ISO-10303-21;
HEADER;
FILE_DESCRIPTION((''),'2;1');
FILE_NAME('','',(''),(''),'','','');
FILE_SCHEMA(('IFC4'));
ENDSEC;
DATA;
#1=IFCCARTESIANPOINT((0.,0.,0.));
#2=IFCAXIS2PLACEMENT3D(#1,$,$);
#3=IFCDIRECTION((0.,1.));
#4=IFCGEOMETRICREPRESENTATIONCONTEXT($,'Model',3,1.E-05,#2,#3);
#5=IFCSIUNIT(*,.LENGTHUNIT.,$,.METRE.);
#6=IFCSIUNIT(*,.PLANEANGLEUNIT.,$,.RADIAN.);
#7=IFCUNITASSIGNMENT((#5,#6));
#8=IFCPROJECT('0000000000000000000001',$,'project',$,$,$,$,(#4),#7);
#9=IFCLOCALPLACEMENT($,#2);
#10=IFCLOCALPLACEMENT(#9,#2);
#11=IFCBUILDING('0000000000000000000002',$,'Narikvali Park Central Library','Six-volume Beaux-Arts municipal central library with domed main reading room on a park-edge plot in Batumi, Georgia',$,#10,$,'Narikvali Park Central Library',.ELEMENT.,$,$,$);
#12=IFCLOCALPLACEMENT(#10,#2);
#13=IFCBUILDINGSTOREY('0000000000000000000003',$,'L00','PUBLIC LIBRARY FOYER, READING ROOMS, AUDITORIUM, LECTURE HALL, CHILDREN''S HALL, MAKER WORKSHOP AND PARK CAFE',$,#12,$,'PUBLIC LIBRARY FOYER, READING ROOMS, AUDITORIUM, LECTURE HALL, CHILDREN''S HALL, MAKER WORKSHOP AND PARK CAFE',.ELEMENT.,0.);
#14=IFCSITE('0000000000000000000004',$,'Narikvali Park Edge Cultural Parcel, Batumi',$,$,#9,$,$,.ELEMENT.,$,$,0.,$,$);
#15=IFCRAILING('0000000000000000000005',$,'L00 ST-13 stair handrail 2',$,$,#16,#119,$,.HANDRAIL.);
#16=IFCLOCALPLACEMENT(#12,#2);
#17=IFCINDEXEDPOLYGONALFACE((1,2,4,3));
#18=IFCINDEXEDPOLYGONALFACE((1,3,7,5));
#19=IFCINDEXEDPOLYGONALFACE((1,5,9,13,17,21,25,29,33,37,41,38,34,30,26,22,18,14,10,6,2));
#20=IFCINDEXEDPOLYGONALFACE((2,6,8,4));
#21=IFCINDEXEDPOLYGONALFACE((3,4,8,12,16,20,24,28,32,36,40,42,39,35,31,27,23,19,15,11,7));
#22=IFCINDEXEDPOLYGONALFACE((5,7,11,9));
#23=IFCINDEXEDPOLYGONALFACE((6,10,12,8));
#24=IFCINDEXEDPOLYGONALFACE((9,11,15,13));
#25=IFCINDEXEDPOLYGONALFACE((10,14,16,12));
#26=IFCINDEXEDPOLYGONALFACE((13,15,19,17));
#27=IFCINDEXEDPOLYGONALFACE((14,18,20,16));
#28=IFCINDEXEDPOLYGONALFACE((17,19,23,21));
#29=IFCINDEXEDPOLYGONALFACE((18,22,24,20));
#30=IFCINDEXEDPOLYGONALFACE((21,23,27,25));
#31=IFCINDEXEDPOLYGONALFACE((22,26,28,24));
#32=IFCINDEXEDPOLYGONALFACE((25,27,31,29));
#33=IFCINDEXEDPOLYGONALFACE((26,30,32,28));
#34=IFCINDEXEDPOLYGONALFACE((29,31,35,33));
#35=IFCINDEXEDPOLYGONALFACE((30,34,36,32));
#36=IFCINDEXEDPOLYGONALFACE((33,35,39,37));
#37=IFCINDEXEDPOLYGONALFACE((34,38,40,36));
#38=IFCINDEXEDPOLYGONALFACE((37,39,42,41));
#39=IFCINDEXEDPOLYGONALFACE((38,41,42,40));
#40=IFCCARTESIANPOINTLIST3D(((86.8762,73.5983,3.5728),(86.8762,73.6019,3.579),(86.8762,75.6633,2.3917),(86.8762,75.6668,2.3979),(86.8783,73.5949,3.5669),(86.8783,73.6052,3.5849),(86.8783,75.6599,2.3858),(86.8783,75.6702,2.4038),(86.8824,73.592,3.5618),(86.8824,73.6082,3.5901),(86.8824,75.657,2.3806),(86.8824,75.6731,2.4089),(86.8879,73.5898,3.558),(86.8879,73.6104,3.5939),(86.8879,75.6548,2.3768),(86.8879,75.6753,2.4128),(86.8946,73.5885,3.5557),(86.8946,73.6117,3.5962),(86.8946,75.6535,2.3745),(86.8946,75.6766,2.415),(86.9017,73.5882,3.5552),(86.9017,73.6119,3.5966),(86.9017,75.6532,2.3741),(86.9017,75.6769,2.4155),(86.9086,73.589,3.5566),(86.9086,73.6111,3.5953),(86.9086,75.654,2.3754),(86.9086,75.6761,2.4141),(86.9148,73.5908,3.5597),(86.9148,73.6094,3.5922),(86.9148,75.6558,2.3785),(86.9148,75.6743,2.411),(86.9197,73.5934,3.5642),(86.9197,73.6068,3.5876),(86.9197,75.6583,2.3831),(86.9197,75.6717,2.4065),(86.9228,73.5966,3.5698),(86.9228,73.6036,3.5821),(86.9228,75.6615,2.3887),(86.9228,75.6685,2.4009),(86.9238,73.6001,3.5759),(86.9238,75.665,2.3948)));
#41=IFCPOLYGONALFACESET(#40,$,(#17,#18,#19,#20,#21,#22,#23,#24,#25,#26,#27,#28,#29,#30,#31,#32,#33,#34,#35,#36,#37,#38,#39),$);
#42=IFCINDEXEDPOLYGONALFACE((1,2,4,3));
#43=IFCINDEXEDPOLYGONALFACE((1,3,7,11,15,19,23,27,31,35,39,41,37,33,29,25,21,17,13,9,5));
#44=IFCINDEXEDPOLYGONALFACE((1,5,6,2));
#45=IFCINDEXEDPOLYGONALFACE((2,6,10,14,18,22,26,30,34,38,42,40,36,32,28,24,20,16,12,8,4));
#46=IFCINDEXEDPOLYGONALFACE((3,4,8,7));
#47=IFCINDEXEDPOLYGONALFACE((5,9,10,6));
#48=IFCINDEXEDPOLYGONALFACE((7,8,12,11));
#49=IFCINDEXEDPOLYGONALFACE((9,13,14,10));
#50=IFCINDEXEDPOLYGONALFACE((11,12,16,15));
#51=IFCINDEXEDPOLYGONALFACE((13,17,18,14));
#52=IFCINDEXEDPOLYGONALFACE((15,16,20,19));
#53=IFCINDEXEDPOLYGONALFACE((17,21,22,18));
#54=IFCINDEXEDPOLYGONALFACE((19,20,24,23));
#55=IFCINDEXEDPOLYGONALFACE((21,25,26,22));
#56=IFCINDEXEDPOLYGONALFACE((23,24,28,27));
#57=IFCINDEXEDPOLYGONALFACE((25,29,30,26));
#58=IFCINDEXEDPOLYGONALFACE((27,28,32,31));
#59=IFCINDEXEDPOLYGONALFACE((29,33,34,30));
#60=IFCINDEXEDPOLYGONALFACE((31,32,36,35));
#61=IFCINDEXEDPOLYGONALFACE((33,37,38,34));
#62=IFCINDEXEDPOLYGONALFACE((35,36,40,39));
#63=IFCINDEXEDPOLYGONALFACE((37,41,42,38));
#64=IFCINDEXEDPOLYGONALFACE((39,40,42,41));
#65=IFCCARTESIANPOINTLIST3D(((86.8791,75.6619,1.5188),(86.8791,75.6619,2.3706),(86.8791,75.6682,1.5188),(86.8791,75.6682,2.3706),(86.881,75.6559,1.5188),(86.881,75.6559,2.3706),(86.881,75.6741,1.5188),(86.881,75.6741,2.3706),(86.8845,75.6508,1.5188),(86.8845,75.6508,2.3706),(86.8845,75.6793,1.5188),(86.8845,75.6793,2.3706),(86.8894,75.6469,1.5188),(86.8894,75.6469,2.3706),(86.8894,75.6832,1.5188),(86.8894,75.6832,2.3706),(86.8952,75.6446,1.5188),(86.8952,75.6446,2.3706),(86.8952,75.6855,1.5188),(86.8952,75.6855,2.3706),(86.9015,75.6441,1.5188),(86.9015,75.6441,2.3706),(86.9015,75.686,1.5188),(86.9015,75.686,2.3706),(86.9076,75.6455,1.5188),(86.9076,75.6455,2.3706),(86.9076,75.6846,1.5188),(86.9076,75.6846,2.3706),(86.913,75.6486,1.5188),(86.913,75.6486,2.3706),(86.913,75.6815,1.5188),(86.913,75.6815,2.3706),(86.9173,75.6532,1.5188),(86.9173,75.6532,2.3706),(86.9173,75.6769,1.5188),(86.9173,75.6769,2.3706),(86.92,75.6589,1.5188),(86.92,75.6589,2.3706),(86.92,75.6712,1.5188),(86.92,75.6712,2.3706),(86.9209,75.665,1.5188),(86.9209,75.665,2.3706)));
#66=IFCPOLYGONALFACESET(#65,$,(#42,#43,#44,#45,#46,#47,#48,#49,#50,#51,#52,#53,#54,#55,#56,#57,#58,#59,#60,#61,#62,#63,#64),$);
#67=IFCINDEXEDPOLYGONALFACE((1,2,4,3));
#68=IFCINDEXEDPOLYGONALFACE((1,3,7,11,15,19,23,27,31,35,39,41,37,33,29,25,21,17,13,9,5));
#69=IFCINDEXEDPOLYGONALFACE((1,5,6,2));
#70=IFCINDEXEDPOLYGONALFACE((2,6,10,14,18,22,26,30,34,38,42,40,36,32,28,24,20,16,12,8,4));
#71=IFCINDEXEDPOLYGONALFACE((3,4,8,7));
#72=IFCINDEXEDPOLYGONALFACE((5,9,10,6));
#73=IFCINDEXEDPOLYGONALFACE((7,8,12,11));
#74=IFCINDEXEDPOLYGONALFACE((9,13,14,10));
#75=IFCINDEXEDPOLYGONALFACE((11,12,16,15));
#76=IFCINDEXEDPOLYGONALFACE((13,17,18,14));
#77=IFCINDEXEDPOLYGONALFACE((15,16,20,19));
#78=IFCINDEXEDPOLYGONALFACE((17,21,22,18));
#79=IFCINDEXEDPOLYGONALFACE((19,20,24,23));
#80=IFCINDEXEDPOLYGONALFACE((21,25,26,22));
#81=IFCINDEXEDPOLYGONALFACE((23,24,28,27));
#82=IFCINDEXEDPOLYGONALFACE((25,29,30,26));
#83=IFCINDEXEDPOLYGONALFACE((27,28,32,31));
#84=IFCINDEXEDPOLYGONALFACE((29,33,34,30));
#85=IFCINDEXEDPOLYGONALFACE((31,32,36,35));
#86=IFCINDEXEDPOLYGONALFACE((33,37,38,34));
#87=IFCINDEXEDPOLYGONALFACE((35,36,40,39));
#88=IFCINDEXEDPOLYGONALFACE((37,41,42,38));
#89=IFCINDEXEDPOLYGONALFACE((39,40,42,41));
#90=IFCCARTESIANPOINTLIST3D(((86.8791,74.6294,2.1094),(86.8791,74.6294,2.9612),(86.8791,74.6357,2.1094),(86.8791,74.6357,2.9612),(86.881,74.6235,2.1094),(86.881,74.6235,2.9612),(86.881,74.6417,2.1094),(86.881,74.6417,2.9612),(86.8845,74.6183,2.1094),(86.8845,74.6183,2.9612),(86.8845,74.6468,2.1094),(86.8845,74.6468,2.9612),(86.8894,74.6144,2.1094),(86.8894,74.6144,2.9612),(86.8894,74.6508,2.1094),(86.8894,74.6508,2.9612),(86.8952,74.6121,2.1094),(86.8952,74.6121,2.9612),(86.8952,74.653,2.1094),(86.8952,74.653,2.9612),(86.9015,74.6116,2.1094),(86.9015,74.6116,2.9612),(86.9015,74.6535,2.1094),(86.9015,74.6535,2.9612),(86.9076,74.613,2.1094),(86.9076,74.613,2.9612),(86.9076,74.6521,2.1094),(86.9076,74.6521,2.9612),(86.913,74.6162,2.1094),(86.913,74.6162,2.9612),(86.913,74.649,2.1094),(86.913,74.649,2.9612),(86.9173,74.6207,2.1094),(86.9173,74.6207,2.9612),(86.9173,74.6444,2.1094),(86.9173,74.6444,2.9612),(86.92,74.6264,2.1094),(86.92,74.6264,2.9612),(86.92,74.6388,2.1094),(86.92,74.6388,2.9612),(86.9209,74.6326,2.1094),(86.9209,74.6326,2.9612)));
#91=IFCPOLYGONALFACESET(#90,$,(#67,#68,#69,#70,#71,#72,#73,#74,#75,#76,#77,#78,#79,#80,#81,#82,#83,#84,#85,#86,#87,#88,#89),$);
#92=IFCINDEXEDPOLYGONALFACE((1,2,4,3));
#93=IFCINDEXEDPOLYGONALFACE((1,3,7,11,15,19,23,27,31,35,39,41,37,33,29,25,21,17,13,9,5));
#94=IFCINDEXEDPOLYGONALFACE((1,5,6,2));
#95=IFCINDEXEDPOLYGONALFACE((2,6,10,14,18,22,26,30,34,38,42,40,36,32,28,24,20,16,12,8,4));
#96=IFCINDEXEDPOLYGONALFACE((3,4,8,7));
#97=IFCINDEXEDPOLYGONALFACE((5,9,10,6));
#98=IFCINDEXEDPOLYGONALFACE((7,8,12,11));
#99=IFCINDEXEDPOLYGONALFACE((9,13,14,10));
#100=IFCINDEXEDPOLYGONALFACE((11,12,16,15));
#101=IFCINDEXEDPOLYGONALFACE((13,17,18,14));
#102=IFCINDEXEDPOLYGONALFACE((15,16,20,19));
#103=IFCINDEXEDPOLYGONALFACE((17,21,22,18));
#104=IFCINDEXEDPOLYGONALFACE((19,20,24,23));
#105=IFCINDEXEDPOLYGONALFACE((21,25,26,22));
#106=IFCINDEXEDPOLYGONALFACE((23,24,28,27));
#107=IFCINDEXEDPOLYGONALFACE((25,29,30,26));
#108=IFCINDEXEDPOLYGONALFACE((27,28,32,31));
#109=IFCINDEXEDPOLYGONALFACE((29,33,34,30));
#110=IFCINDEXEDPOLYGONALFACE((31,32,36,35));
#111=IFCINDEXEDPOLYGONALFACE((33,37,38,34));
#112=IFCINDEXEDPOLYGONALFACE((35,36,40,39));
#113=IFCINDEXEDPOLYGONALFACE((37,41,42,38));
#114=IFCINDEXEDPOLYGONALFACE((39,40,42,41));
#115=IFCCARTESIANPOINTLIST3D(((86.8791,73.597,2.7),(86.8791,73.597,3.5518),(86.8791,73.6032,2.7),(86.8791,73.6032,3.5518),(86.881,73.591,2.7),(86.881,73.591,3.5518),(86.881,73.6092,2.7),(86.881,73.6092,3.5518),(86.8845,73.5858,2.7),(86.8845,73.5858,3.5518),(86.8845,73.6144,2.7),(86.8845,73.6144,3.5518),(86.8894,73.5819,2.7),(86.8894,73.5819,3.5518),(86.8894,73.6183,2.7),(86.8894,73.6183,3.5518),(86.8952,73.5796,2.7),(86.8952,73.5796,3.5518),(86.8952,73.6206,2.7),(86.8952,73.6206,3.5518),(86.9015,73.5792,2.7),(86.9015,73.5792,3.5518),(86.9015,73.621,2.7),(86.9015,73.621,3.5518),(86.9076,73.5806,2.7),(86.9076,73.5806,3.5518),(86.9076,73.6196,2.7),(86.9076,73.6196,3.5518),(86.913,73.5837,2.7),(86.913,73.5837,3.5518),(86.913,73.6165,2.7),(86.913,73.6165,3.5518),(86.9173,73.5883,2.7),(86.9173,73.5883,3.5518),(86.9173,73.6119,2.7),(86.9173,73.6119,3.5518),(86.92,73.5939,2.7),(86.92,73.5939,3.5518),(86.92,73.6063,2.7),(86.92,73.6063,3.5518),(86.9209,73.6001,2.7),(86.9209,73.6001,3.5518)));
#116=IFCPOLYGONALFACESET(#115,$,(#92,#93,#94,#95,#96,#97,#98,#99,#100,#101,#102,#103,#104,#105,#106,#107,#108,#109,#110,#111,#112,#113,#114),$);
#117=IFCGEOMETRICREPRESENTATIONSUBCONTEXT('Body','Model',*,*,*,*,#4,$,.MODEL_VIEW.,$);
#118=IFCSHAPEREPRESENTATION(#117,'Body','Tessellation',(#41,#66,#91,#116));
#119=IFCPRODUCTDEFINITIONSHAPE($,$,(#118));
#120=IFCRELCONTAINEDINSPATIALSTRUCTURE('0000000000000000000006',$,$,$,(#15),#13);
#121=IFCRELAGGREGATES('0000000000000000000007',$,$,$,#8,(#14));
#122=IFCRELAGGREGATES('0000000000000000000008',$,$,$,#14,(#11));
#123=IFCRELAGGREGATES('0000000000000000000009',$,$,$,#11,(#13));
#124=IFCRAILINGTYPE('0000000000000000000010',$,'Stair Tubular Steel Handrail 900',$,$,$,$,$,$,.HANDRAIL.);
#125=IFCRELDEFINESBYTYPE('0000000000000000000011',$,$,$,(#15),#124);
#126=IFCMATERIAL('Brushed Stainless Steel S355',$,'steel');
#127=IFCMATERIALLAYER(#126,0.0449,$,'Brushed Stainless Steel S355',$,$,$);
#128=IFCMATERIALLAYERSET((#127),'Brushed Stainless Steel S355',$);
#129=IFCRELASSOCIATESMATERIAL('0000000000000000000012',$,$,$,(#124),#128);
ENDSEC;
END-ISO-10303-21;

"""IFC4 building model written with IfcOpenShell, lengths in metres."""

from ifc_helpers import new_model, si_unit, direction, frame, origin, origin_2d, place, context, subcontext, project, spatial, circle, extrude, material, layer, layer_set, type_object, element, save


model = new_model("IFC4")

# Units and contexts
model_context = context("Model", 3, precision=1e-05, world=origin(), true_north=direction((0.0, 1.0)))
body_context = subcontext(model_context, "Body", "Model", "MODEL_VIEW")
ifc_project = project(units=[si_unit("LENGTHUNIT", "METRE"), si_unit("PLANEANGLEUNIT", "RADIAN")], contexts=[model_context])

# Site, building, storey
site_placement = place(None, origin())
site = spatial("IfcSite", under=ifc_project, at=site_placement, Name="Narikvali Park Edge Cultural Parcel, Batumi", CompositionType="ELEMENT", RefElevation=0.0)
building_placement = place(site_placement, origin())
building = spatial("IfcBuilding", under=site, at=building_placement, Name="Narikvali Park Central Library", Description="Six-volume Beaux-Arts municipal central library with domed main reading room on a park-edge plot in Batumi, Georgia", LongName="Narikvali Park Central Library", CompositionType="ELEMENT")
storey_placement = place(building_placement, origin())
storey = spatial("IfcBuildingStorey", under=building, at=storey_placement, Name="L00", Description="PUBLIC LIBRARY FOYER, READING ROOMS, AUDITORIUM, LECTURE HALL, CHILDREN'S HALL, MAKER WORKSHOP AND PARK CAFE", LongName="PUBLIC LIBRARY FOYER, READING ROOMS, AUDITORIUM, LECTURE HALL, CHILDREN'S HALL, MAKER WORKSHOP AND PARK CAFE", CompositionType="ELEMENT", Elevation=0.0)

# Railing
ifc_material_1 = material(Name="Brushed Stainless Steel S355", Category="steel")
ifc_layer_1 = layer(ifc_material_1, 0.0449, Name="Brushed Stainless Steel S355")
ifc_layer_set_1 = layer_set([ifc_layer_1], Name="Brushed Stainless Steel S355")
railing_type_1 = type_object("IfcRailingType", Name="Stair Tubular Steel Handrail 900", PredefinedType="HANDRAIL", material=ifc_layer_set_1)
for number, where, name in (
    (1, (86.8999, 75.665, 1.5188), "L00 ST-13 stair handrail 2"),
):
    element("IfcRailing", number, at=place(storey_placement, frame(where)), inside=storey, type_object=railing_type_1, Name=name, PredefinedType="HANDRAIL", context=body_context, shape_type="SweptSolid", body=[
        extrude(circle(Radius=0.0239, at=origin_2d()), frame((0.0, 0.0, 0.876), z_axis=(0.0, -0.868028, 0.496515), x_axis=(1.0, 0.0, 0.0)), (0.0, 0.0, 1.0), 2.3789),
        extrude(circle(Radius=0.021, at=origin_2d()), origin(), (0.0, 0.0, 1.0), 0.8518),
        extrude(circle(Radius=0.021, at=origin_2d()), frame((0.0, -1.0325, 0.5906)), (0.0, 0.0, 1.0), 0.8518),
        extrude(circle(Radius=0.021, at=origin_2d()), frame((0.0, -2.0649, 1.1812)), (0.0, 0.0, 1.0), 0.8518),
    ])

save(model, "model.ifc")
